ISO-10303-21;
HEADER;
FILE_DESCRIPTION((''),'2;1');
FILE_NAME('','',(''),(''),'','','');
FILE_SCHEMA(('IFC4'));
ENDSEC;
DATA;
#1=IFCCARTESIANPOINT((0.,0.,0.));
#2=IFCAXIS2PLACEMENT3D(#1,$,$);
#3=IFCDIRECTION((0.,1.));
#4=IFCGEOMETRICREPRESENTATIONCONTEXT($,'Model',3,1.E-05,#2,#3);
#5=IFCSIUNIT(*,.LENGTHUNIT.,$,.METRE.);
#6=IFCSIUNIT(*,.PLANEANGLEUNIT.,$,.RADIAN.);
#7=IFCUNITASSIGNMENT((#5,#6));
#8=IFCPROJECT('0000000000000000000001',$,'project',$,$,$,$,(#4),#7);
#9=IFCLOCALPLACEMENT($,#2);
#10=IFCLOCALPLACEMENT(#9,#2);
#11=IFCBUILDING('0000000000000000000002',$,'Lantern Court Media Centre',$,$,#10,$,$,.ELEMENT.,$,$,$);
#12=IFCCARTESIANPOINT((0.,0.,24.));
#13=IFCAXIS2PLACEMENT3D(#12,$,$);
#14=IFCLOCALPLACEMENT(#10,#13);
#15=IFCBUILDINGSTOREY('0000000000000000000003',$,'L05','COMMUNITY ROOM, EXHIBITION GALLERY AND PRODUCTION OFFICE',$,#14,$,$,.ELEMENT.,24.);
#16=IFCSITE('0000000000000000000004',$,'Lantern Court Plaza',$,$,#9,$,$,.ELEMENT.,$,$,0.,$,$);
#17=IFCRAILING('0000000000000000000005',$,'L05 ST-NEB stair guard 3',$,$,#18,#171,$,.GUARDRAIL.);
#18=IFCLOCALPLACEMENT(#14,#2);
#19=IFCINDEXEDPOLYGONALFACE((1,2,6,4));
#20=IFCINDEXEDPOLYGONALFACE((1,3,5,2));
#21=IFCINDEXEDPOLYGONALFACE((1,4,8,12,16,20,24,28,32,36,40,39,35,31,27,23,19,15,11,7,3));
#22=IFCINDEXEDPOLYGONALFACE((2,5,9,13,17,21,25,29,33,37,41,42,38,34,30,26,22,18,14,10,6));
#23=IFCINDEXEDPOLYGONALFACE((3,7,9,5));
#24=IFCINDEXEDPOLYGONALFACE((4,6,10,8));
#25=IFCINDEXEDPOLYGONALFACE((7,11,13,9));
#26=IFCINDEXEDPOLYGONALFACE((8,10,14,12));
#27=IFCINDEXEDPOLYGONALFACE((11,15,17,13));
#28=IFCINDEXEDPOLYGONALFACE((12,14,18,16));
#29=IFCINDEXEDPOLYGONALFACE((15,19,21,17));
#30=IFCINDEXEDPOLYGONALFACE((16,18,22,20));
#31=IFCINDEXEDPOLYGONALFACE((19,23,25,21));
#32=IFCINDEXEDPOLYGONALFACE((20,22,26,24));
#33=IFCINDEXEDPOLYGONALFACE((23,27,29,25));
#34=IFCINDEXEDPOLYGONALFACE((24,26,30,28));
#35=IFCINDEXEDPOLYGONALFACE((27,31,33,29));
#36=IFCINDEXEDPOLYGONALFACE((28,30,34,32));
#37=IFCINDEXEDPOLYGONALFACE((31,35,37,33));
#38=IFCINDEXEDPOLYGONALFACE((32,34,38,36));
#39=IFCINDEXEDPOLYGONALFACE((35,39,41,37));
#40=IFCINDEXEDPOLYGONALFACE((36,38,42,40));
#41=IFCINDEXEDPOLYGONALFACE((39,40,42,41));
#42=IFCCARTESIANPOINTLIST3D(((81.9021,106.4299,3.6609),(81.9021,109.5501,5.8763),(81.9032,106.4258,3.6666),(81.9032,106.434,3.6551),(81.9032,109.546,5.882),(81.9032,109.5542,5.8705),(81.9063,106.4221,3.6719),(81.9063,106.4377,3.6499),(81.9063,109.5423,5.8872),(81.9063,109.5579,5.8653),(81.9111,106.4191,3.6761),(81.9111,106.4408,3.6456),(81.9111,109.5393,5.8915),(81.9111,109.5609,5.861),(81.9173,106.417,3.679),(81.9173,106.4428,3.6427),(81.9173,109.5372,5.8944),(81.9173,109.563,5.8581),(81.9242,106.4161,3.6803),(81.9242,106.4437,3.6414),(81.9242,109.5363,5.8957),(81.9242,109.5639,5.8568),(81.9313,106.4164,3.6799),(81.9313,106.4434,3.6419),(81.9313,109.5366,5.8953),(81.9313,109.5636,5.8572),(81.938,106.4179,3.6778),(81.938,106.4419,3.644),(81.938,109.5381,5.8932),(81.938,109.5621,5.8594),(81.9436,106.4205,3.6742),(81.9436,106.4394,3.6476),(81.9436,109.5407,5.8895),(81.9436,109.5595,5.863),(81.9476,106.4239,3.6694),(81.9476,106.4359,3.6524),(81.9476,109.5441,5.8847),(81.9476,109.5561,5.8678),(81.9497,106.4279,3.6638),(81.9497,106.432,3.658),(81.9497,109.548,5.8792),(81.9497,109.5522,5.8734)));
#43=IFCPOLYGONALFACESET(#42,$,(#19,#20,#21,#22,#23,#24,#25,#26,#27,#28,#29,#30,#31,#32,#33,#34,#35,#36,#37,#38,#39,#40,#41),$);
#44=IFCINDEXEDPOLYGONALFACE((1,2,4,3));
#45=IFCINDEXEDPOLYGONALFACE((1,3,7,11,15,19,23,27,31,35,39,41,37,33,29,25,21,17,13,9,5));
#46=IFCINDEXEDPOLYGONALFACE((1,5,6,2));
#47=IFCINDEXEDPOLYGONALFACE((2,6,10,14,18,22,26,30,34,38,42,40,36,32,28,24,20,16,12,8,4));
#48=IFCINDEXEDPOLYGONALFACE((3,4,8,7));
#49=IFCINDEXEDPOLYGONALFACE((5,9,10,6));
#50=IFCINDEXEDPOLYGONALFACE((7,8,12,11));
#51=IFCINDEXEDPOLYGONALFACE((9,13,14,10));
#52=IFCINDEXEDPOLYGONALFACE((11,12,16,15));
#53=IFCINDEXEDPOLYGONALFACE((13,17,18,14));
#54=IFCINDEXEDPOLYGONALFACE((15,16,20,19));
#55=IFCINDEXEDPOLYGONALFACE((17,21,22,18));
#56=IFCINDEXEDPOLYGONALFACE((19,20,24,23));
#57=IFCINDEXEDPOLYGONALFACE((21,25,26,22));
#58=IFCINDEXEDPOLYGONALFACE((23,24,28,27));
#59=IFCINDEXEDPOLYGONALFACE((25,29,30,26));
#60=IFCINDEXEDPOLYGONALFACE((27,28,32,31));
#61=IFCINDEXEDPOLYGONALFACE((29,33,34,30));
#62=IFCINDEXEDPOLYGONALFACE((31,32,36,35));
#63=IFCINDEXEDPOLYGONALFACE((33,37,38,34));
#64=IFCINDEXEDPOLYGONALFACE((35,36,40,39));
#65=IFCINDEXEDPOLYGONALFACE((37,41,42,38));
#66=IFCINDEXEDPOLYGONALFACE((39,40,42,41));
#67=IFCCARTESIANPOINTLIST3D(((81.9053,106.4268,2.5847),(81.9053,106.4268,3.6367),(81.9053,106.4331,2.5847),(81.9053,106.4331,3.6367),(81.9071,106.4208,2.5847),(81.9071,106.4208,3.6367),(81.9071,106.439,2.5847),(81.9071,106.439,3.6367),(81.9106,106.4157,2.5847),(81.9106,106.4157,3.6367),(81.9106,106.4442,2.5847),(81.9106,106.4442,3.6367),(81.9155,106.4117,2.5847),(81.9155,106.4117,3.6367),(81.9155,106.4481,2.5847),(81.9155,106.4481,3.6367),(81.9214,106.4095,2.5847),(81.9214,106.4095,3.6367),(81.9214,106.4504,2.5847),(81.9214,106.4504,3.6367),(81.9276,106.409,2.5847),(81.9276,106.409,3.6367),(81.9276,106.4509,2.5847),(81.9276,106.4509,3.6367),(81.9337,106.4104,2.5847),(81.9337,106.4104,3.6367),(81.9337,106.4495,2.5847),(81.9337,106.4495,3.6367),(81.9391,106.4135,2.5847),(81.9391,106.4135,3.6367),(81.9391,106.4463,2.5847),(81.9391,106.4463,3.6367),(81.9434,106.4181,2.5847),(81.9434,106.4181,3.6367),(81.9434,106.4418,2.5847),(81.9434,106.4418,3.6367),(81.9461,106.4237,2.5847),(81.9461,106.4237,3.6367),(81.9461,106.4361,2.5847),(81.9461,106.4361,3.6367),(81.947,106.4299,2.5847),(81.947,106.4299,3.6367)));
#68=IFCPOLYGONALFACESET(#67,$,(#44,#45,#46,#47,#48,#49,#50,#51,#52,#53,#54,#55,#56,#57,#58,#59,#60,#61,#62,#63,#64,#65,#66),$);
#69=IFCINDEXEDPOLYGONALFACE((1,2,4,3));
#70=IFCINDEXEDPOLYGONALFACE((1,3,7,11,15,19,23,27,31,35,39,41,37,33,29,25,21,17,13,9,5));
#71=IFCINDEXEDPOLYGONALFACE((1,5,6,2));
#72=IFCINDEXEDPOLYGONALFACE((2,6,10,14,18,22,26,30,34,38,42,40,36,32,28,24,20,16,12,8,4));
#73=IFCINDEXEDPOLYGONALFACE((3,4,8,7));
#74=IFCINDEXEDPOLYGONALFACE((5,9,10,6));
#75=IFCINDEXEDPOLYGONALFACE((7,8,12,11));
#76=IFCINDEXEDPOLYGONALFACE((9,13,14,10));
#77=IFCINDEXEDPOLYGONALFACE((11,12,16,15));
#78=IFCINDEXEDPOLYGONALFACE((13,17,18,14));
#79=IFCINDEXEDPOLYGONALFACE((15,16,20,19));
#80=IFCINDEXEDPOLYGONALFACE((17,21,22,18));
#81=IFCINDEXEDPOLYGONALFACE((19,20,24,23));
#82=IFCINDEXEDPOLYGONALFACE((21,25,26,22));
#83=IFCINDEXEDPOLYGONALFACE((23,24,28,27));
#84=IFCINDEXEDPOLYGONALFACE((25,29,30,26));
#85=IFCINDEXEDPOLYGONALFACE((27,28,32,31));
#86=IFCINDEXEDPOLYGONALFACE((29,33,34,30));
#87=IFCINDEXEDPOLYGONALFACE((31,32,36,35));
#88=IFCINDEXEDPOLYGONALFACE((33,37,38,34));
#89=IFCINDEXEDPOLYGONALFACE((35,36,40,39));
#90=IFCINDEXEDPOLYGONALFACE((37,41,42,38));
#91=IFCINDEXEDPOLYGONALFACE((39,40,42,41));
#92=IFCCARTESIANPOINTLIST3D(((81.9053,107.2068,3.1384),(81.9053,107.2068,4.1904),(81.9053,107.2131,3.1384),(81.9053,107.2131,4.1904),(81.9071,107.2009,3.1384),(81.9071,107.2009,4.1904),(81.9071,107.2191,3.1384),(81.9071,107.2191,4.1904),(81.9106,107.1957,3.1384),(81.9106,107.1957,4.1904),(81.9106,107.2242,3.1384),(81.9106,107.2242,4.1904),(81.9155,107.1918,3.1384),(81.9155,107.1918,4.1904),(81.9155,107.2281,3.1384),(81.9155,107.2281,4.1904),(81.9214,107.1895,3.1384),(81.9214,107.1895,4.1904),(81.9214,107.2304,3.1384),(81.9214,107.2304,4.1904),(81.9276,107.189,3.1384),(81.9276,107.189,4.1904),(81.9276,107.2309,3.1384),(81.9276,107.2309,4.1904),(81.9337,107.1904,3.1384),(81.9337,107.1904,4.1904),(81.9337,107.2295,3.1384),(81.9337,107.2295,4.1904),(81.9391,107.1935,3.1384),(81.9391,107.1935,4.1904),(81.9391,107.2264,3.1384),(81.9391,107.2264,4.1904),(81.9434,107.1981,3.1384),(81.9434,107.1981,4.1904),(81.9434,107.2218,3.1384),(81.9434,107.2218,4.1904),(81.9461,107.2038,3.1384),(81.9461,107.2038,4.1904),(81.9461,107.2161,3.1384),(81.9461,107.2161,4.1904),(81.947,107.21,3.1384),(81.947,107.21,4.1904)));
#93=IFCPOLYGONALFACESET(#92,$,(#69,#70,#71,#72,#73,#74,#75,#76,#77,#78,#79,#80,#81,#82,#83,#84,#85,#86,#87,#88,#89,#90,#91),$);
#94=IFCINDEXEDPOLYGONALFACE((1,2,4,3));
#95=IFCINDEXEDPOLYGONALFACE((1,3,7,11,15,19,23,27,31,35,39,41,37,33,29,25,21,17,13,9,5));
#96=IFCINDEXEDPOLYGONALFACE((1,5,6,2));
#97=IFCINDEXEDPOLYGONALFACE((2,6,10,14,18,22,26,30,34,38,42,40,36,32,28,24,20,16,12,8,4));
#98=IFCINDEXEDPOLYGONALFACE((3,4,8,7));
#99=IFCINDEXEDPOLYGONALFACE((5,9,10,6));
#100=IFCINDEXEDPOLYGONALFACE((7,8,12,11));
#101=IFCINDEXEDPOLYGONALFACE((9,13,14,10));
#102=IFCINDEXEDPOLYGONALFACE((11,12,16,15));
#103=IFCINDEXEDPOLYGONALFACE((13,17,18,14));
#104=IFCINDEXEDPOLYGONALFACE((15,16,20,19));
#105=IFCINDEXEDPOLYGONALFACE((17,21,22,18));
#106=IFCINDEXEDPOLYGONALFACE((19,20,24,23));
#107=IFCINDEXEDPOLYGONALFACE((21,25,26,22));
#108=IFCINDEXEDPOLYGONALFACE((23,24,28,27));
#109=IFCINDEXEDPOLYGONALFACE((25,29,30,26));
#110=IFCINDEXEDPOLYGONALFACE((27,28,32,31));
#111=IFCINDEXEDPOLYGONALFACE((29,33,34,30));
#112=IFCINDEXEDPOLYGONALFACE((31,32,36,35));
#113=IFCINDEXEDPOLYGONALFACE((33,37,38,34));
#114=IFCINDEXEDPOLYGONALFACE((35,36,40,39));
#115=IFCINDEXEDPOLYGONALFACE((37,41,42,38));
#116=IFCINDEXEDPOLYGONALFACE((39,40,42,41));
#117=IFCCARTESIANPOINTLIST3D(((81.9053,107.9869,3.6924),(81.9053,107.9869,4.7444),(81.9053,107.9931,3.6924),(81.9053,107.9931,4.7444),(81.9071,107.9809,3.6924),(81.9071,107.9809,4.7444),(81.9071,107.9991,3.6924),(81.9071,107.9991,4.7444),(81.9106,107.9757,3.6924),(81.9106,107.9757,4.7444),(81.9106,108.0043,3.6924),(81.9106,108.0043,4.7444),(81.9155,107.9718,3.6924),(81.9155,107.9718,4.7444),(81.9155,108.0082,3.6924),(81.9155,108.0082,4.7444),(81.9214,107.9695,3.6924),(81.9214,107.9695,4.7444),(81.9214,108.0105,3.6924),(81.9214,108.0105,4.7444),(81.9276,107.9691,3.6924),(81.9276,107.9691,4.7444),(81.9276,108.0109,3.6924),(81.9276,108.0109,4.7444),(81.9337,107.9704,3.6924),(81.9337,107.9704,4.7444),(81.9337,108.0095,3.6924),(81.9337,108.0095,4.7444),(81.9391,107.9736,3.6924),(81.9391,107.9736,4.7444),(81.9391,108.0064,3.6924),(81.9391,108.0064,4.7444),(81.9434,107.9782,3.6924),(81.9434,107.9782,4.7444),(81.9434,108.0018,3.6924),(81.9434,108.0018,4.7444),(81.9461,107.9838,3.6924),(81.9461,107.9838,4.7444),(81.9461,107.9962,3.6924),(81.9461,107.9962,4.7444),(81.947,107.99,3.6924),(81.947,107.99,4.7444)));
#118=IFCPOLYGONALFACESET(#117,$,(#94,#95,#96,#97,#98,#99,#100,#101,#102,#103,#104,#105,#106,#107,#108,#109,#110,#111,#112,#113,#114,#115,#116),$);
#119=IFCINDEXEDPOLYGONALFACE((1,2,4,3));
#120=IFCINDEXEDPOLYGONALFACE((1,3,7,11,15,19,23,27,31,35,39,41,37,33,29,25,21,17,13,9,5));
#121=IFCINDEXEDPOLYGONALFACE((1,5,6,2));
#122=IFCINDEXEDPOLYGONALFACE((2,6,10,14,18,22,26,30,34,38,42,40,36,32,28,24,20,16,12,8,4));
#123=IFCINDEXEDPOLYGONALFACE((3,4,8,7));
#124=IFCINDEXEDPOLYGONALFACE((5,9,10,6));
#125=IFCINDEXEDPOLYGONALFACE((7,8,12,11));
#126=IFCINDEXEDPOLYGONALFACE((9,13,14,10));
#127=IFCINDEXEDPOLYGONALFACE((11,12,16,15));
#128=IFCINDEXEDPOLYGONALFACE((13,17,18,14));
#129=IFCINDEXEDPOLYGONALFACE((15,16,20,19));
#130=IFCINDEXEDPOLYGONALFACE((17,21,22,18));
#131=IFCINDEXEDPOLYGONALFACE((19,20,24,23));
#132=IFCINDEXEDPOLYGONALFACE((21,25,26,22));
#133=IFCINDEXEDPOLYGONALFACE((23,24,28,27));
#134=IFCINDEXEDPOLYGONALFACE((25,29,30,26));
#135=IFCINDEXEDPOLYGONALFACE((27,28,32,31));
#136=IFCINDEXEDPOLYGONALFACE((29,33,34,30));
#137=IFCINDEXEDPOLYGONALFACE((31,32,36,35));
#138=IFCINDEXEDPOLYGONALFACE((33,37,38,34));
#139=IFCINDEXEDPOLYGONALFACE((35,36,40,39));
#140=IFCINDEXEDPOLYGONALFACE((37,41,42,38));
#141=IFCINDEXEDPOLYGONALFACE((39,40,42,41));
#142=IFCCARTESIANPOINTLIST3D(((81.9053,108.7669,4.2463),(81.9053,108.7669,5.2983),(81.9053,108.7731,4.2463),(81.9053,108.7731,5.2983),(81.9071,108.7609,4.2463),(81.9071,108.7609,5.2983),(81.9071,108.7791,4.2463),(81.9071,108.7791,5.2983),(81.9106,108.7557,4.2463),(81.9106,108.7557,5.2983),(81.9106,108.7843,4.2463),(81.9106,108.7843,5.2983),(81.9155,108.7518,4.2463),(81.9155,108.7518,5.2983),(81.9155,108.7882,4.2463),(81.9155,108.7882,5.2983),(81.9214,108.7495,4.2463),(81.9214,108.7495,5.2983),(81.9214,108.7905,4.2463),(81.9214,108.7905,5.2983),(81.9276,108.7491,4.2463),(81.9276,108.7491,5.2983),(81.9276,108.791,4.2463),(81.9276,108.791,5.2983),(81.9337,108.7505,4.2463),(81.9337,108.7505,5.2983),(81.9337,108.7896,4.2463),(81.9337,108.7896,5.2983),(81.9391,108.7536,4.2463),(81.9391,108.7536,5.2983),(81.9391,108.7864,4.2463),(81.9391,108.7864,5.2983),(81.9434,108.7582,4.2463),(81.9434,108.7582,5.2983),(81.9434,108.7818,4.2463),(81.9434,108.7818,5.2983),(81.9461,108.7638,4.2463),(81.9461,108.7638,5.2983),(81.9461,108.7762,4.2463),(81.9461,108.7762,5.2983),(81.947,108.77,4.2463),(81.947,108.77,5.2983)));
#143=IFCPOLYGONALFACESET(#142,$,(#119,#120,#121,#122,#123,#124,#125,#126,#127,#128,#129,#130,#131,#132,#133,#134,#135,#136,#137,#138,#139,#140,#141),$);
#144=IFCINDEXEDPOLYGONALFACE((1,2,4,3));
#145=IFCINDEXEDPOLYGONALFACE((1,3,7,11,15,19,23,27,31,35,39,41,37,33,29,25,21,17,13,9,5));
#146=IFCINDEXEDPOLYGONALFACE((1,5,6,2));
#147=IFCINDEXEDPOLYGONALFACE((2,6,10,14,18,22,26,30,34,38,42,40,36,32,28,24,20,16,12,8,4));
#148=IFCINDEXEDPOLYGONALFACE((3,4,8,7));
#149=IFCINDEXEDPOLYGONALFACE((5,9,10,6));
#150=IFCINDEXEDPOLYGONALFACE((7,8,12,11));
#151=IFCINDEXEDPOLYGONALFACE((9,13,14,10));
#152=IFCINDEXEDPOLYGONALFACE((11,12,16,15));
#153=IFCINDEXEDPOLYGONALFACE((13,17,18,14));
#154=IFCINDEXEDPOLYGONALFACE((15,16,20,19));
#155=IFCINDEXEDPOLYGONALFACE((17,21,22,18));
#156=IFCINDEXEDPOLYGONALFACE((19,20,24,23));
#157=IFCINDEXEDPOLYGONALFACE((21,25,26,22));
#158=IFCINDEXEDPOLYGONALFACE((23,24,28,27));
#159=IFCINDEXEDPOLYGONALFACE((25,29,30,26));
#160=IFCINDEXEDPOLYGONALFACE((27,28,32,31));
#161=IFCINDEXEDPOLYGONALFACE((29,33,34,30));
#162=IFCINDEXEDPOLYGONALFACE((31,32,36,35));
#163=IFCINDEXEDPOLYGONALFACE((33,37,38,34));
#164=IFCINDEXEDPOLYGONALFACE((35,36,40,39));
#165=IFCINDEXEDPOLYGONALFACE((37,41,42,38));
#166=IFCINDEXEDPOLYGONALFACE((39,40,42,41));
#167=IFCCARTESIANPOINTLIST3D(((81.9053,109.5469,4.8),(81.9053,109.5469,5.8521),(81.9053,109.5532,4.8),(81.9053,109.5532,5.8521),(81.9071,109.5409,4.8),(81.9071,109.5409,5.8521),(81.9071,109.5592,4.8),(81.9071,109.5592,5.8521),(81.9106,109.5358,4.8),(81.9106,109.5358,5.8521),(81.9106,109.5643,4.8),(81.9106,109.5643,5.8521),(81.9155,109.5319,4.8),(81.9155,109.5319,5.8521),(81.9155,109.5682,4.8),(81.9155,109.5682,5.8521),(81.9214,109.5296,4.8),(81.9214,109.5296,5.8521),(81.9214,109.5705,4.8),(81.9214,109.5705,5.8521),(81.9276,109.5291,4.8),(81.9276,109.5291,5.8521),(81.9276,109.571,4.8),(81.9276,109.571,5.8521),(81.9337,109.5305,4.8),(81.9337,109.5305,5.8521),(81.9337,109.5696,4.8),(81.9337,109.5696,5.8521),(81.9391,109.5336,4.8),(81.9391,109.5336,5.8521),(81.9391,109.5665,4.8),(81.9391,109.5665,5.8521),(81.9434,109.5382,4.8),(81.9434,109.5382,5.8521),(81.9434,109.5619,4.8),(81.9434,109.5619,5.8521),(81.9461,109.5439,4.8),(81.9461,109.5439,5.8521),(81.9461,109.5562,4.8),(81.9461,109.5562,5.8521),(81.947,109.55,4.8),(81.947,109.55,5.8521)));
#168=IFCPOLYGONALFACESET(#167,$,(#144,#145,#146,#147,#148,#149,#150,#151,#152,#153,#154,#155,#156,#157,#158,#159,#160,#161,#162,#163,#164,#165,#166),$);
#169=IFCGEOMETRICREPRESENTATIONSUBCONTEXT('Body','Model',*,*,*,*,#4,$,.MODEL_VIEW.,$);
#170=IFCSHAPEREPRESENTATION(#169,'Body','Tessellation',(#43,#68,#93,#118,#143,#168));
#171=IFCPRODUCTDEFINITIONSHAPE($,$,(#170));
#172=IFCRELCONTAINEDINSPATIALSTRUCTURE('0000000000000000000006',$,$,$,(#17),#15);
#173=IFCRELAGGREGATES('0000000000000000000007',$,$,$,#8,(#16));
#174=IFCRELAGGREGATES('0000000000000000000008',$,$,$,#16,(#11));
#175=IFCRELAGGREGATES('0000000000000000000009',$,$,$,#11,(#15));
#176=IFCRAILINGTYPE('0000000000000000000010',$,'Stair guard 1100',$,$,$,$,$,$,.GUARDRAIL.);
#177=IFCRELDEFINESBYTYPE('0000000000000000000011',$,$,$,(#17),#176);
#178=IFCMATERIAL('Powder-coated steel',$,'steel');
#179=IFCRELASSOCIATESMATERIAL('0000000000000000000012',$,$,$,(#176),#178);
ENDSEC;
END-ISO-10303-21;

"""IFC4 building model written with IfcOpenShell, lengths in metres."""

from ifc_helpers import new_model, si_unit, direction, frame, origin, origin_2d, place, context, subcontext, project, spatial, circle, extrude, material, type_object, element, save


model = new_model("IFC4")

# Units and contexts
model_context = context("Model", 3, precision=1e-05, world=origin(), true_north=direction((0.0, 1.0)))
body_context = subcontext(model_context, "Body", "Model", "MODEL_VIEW")
ifc_project = project(units=[si_unit("LENGTHUNIT", "METRE"), si_unit("PLANEANGLEUNIT", "RADIAN")], contexts=[model_context])

# Site, building, storey
site_placement = place(None, origin())
site = spatial("IfcSite", under=ifc_project, at=site_placement, Name="Lantern Court Plaza", CompositionType="ELEMENT", RefElevation=0.0)
building_placement = place(site_placement, origin())
building = spatial("IfcBuilding", under=site, at=building_placement, Name="Lantern Court Media Centre", CompositionType="ELEMENT")
storey_placement = place(building_placement, frame((0.0, 0.0, 24.0)))
storey = spatial("IfcBuildingStorey", under=building, at=storey_placement, Name="L05", Description="COMMUNITY ROOM, EXHIBITION GALLERY AND PRODUCTION OFFICE", CompositionType="ELEMENT", Elevation=24.0)

# Shared definitions
ifc_material_1 = material(Name="Powder-coated steel", Category="steel")

# Railing
railing_type_1 = type_object("IfcRailingType", Name="Stair guard 1100", PredefinedType="GUARDRAIL", material=ifc_material_1)
railing_1_placement = place(storey_placement, frame((81.926, 106.4299, 2.5847)))
element("IfcRailing", 1, at=railing_1_placement, inside=storey, type_object=railing_type_1, Name="L05 ST-NEB stair guard 3", PredefinedType="GUARDRAIL", context=body_context, shape_type="SweptSolid", body=[
    extrude(circle(Radius=0.0239, at=origin_2d()), frame((0.0, 0.0, 1.0762), z_axis=(0.0, 0.815377, 0.57893), x_axis=(-1.0, 0.0, 0.0)), (0.0, 0.0, 1.0), 3.8267),
    extrude(circle(Radius=0.021, at=origin_2d()), origin(), (0.0, 0.0, 1.0), 1.052),
    extrude(circle(Radius=0.021, at=origin_2d()), frame((0.0, 0.78, 0.5537)), (0.0, 0.0, 1.0), 1.052),
    extrude(circle(Radius=0.021, at=origin_2d()), frame((0.0, 1.5601, 1.1077)), (0.0, 0.0, 1.0), 1.052),
    extrude(circle(Radius=0.021, at=origin_2d()), frame((0.0, 2.3401, 1.6616)), (0.0, 0.0, 1.0), 1.052),
    extrude(circle(Radius=0.021, at=origin_2d()), frame((0.0, 3.1201, 2.2153)), (0.0, 0.0, 1.0), 1.052),
])

save(model, "model.ifc")
